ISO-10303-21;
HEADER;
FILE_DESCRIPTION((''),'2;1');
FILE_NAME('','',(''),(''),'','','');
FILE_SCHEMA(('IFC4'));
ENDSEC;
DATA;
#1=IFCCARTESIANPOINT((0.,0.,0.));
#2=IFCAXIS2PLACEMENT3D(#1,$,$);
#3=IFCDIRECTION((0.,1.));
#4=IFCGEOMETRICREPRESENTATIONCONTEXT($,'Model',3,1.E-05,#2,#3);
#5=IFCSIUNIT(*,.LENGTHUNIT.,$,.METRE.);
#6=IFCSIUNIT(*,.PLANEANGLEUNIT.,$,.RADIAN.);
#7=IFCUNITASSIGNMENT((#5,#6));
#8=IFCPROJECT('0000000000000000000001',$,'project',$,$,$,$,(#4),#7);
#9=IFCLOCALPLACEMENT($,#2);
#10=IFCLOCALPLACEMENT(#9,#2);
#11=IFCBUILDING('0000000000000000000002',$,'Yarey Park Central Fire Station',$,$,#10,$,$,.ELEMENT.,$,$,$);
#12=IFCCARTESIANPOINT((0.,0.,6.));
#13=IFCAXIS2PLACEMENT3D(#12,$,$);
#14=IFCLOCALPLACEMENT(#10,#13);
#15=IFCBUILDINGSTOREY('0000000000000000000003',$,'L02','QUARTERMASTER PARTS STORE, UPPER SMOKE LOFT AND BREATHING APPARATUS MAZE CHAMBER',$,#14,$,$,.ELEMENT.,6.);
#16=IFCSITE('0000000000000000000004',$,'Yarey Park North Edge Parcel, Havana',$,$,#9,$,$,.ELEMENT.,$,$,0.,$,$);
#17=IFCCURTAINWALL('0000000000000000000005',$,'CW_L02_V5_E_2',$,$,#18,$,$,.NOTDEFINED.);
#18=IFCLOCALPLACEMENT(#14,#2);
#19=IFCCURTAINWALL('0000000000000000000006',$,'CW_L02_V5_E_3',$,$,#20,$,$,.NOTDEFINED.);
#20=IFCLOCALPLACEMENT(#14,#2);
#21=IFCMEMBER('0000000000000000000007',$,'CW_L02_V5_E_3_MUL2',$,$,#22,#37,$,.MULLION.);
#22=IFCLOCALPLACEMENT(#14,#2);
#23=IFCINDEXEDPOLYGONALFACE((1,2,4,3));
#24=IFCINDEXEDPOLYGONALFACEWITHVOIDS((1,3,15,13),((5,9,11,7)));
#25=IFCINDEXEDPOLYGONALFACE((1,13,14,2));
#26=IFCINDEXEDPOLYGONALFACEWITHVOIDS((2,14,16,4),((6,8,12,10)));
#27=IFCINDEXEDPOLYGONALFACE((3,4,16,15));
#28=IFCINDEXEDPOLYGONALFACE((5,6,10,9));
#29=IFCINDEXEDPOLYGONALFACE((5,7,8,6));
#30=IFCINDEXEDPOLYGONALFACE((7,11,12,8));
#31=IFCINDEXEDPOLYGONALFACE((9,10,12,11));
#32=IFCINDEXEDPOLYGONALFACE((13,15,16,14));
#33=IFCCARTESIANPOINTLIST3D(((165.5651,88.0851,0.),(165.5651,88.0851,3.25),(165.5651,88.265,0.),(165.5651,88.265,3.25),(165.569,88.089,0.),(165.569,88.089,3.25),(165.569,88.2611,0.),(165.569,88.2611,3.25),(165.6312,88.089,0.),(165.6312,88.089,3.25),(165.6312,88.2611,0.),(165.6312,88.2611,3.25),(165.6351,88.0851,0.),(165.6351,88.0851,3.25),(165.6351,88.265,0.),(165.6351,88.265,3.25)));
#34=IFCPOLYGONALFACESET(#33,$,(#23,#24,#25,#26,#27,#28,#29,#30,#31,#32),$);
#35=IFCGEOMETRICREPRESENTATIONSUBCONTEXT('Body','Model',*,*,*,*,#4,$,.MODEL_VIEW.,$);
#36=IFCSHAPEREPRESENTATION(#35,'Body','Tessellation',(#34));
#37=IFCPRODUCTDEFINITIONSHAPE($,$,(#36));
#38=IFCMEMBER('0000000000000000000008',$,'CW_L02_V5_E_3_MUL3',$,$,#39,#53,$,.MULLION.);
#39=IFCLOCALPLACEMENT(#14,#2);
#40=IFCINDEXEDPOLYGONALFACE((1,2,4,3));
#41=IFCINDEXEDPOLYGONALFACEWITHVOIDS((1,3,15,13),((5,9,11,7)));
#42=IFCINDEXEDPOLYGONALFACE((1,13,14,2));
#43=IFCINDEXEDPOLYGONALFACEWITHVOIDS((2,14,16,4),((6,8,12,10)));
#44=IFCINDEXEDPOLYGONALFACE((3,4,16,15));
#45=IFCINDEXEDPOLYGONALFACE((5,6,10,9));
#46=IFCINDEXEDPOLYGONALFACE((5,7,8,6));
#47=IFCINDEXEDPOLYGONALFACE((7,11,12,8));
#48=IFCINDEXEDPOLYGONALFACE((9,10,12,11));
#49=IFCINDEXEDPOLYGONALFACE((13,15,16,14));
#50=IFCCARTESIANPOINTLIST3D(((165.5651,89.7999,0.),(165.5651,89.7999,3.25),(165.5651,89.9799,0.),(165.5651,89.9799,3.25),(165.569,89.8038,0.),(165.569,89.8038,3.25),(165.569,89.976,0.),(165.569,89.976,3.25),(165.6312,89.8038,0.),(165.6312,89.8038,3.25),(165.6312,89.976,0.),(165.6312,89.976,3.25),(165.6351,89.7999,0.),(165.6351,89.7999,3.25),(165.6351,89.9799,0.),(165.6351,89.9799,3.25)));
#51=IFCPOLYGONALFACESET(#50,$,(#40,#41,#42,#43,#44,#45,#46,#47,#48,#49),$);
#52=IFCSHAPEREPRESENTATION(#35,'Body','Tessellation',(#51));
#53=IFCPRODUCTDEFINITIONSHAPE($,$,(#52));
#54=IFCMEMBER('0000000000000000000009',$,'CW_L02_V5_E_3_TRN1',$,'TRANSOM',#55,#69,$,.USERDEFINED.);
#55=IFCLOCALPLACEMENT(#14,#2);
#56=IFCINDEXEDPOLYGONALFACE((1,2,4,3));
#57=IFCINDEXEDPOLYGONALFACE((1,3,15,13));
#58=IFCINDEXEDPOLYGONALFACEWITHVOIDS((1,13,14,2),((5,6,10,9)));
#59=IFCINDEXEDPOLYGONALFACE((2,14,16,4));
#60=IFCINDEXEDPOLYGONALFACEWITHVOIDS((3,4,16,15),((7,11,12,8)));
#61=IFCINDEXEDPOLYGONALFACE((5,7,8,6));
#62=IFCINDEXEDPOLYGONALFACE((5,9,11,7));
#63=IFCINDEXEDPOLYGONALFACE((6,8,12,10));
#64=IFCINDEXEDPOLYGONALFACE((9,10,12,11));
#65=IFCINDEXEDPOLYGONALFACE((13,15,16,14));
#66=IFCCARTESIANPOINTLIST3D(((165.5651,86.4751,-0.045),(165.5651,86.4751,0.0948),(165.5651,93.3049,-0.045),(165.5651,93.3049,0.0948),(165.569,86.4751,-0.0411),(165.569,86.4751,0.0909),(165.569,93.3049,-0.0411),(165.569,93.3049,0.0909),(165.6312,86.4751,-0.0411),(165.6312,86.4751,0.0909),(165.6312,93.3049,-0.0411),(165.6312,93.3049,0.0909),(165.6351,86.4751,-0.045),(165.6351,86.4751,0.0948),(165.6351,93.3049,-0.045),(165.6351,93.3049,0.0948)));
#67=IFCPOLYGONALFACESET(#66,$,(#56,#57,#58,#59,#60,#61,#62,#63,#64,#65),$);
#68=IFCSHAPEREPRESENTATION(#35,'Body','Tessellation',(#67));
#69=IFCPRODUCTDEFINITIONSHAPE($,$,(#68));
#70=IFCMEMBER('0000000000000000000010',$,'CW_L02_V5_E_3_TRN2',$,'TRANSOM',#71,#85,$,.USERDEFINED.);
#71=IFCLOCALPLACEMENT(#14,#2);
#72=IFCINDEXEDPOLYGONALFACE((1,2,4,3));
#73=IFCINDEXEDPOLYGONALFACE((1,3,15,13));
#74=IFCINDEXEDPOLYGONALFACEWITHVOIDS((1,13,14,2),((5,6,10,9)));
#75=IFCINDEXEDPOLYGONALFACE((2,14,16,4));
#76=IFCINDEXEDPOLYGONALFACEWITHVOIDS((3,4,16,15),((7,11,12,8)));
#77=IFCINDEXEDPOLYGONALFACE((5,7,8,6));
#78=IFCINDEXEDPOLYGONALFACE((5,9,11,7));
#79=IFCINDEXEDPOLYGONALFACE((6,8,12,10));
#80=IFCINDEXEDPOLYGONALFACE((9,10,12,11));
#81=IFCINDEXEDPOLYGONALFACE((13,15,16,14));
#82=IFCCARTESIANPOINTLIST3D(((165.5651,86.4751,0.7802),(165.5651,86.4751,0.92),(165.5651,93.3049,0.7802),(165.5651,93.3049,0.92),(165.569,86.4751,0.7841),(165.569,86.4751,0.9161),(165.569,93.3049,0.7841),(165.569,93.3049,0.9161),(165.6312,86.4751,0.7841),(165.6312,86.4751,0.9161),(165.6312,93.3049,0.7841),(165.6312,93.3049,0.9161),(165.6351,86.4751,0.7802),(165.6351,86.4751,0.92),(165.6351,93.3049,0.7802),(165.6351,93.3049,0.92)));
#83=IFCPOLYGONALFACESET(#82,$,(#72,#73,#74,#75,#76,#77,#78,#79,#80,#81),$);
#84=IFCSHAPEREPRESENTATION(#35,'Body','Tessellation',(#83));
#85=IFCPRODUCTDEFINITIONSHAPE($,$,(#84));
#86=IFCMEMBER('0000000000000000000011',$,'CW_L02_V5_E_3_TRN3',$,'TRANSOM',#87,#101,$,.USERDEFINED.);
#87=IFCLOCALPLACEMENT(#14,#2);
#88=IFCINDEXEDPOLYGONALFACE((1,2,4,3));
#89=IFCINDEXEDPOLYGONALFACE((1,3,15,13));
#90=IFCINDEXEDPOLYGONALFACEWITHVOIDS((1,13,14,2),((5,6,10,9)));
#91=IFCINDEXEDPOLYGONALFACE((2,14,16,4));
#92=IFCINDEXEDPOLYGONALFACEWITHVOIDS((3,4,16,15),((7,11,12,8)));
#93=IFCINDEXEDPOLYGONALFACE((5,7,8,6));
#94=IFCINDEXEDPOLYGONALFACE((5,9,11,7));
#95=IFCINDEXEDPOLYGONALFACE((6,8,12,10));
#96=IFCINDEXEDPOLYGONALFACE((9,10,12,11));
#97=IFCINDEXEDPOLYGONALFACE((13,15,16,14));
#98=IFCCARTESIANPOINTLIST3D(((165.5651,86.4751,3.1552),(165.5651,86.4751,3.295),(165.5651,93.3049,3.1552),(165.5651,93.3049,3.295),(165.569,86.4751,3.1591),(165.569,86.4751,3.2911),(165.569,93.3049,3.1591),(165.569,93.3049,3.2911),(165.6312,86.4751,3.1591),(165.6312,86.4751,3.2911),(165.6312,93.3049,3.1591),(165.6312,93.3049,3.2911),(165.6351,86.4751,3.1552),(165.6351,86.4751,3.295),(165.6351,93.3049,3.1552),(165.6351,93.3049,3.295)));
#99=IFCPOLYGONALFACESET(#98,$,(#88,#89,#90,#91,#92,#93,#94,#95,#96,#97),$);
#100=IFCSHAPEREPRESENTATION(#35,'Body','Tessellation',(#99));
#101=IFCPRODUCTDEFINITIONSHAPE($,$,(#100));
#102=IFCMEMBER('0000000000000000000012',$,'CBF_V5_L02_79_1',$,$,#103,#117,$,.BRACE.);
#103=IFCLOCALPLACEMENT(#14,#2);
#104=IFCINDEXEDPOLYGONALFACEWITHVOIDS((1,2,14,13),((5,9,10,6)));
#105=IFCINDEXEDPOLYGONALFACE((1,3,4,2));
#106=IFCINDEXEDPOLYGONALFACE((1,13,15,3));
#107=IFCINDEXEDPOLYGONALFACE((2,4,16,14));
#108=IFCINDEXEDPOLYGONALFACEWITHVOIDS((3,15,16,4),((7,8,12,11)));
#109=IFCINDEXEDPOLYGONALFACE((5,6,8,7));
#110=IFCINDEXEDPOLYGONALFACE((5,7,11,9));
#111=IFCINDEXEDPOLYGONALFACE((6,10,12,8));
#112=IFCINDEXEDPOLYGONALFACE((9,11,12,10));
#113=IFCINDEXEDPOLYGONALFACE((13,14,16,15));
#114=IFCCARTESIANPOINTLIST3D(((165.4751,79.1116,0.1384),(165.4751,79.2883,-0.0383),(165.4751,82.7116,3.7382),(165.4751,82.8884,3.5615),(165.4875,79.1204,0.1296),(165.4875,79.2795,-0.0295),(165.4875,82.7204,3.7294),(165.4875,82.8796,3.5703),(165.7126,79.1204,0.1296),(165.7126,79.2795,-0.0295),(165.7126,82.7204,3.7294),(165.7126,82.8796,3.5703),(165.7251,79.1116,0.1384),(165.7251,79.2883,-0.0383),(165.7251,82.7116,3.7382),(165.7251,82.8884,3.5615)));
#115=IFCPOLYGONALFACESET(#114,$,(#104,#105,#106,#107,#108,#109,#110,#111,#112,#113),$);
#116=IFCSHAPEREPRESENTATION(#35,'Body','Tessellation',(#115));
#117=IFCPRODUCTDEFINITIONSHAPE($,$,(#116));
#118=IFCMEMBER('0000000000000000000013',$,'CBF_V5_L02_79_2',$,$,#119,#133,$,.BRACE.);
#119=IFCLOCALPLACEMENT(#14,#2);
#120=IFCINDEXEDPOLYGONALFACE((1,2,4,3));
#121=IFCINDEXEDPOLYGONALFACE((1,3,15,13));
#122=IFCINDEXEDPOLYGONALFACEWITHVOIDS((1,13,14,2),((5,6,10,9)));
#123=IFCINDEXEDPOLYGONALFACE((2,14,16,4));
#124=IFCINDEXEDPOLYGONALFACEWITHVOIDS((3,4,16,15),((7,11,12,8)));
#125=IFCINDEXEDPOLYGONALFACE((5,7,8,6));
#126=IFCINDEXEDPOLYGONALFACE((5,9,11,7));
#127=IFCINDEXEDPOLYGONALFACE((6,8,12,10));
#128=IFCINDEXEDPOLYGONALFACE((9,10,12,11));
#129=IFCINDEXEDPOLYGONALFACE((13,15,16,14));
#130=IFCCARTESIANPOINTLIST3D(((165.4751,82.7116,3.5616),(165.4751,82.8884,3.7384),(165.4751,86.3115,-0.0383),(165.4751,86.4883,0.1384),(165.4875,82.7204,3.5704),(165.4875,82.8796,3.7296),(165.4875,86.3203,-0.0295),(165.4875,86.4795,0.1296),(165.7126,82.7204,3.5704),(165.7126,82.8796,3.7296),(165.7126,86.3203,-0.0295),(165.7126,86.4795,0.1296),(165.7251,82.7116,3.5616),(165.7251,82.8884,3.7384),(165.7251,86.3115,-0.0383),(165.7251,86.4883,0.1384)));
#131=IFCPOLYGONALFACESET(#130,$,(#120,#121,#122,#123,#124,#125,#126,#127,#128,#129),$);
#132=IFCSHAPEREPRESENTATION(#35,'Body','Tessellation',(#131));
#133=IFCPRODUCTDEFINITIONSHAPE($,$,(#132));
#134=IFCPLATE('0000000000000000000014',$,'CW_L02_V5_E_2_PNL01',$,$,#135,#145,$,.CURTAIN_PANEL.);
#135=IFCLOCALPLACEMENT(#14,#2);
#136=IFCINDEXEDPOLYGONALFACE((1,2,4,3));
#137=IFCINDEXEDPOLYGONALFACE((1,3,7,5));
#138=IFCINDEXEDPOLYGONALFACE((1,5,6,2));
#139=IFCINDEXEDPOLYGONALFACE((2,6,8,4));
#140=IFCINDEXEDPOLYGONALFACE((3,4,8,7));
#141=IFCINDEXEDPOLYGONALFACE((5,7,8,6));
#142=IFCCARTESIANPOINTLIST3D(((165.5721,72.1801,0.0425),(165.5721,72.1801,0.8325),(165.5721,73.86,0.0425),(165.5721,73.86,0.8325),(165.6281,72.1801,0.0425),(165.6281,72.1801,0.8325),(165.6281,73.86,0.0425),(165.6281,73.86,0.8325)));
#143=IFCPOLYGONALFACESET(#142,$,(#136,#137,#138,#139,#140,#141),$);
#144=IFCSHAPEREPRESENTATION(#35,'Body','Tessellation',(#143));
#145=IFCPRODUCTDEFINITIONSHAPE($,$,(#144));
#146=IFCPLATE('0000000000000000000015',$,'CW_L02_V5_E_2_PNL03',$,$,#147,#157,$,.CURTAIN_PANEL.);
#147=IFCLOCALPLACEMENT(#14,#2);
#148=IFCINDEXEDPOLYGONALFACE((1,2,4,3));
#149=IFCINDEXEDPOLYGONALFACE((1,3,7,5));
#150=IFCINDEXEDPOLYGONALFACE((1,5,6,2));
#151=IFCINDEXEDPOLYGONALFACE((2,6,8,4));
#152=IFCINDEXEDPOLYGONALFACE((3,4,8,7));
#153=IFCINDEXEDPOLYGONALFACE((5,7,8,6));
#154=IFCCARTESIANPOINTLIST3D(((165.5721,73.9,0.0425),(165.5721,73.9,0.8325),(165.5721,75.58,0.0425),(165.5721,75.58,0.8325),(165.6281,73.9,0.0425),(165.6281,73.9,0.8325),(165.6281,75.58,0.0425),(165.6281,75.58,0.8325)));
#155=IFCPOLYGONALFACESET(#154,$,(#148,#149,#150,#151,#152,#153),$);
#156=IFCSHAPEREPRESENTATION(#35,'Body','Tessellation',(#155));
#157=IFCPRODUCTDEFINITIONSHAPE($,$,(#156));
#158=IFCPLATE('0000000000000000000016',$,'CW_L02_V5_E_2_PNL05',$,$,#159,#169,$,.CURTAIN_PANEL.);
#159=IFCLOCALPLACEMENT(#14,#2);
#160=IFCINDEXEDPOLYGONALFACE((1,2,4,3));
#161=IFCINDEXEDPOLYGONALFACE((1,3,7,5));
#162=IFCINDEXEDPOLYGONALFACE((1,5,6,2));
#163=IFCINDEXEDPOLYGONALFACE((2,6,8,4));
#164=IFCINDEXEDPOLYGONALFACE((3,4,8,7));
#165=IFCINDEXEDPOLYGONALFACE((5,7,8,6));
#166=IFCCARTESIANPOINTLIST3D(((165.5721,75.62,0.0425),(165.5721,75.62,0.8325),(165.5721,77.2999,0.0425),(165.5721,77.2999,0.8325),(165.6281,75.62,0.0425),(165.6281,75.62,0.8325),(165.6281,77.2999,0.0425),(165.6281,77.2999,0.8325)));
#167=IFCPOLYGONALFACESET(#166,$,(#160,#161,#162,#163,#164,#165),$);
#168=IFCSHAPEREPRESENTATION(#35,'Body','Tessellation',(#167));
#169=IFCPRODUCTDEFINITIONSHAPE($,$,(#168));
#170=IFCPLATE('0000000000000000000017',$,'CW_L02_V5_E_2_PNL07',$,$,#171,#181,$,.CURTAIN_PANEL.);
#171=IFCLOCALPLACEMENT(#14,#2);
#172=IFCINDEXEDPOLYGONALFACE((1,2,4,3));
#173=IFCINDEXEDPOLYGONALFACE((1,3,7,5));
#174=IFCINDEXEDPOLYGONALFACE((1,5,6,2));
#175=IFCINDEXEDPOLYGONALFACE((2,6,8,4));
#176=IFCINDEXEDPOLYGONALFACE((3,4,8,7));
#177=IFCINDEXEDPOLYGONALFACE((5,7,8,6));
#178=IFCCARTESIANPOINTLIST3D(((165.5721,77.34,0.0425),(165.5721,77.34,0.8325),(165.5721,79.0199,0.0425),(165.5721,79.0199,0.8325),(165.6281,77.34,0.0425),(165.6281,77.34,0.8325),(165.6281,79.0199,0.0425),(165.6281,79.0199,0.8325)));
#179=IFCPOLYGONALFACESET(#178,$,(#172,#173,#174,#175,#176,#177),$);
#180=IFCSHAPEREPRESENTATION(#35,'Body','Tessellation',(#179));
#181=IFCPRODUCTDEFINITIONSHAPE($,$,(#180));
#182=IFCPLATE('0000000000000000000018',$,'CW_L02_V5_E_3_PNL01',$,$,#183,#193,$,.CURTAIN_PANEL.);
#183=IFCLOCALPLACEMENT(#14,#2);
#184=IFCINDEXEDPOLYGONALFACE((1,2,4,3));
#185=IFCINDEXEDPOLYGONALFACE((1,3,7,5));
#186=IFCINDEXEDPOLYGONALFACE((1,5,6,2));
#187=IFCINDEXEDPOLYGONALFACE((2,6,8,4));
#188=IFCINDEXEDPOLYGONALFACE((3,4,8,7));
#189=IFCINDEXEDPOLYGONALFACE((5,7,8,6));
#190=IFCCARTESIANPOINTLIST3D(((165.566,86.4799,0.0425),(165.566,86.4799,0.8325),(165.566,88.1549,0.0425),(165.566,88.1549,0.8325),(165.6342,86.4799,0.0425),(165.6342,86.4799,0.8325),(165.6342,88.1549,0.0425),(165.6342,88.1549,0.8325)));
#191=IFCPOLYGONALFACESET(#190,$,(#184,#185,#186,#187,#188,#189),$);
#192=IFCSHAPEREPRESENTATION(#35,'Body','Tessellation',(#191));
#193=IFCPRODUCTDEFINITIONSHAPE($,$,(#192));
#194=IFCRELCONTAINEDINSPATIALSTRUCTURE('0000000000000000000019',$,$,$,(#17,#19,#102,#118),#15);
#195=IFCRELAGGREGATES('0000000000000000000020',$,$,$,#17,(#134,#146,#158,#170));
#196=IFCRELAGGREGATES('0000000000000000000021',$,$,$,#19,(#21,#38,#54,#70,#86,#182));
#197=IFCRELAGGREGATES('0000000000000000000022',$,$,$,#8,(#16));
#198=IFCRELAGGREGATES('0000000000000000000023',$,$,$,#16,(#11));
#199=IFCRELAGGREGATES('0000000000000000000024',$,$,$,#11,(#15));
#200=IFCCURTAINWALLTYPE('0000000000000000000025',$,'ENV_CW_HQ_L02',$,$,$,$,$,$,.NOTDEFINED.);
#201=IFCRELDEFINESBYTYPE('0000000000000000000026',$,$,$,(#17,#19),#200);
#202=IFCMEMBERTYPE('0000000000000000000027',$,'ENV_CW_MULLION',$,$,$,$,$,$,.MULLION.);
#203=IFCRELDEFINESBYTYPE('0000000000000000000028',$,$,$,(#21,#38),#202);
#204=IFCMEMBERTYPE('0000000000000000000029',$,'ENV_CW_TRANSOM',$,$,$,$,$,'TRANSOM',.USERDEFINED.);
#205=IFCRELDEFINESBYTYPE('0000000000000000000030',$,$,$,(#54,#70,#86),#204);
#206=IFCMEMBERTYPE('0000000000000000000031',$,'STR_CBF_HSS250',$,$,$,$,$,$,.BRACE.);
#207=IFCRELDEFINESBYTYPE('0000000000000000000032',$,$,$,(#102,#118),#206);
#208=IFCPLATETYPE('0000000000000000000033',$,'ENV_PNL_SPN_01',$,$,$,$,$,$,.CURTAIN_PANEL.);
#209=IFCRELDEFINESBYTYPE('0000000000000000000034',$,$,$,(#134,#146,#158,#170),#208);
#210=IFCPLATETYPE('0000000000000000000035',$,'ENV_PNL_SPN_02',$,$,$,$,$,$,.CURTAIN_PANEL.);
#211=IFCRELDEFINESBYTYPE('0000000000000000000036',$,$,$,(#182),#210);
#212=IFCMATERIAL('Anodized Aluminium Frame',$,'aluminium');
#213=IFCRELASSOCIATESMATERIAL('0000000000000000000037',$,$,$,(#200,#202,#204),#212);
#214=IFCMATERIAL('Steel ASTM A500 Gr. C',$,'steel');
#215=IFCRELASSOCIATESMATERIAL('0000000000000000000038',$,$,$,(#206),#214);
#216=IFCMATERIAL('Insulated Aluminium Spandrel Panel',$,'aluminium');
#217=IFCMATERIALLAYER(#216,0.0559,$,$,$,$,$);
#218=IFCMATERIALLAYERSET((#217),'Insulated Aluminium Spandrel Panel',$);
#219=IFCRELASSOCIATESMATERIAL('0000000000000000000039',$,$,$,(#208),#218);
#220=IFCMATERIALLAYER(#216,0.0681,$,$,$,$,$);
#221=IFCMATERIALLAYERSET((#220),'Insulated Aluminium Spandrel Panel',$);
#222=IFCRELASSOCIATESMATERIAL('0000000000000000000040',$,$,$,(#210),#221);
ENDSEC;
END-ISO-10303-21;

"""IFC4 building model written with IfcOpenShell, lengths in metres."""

from ifc_helpers import new_model, si_unit, direction, frame, origin, origin_2d, place, context, subcontext, project, spatial, rectangle, hollow_rectangle, extrude, material, layer, layer_set, material_profile, profile_set, type_object, element, aggregate, save


model = new_model("IFC4")

# Units and contexts
model_context = context("Model", 3, precision=1e-05, world=origin(), true_north=direction((0.0, 1.0)))
body_context = subcontext(model_context, "Body", "Model", "MODEL_VIEW")
ifc_project = project(units=[si_unit("LENGTHUNIT", "METRE"), si_unit("PLANEANGLEUNIT", "RADIAN")], contexts=[model_context])

# Site, building, storey
site_placement = place(None, origin())
site = spatial("IfcSite", under=ifc_project, at=site_placement, Name="Yarey Park North Edge Parcel, Havana", CompositionType="ELEMENT", RefElevation=0.0)
building_placement = place(site_placement, origin())
building = spatial("IfcBuilding", under=site, at=building_placement, Name="Yarey Park Central Fire Station", CompositionType="ELEMENT")
storey_placement = place(building_placement, frame((0.0, 0.0, 6.0)))
storey = spatial("IfcBuildingStorey", under=building, at=storey_placement, Name="L02", Description="QUARTERMASTER PARTS STORE, UPPER SMOKE LOFT AND BREATHING APPARATUS MAZE CHAMBER", CompositionType="ELEMENT", Elevation=6.0)

# Curtain walls, members
ifc_material_1 = material(Name="Anodized Aluminium Frame", Category="aluminium")
curtain_wall_type = type_object("IfcCurtainWallType", Name="ENV_CW_HQ_L02", PredefinedType="NOTDEFINED", material=ifc_material_1)
curtain_wall_1_placement = place(storey_placement, origin())
curtain_wall_1 = element("IfcCurtainWall", 1, at=curtain_wall_1_placement, inside=storey, type_object=curtain_wall_type, Name="CW_L02_V5_E_2", PredefinedType="NOTDEFINED")
ifc_material_profile_1 = material_profile(ifc_material_1, hollow_rectangle(XDim=0.0701, YDim=0.1799, WallThickness=0.0039, at=origin_2d()), Name="ALU 180x70x4")
ifc_profile_set_1 = profile_set([ifc_material_profile_1], Name="Anodized Aluminium Frame")
member_type_1 = type_object("IfcMemberType", Name="ENV_CW_MULLION", PredefinedType="MULLION", material=ifc_profile_set_1)
curtain_wall_2_placement = place(storey_placement, origin())
curtain_wall_2 = element("IfcCurtainWall", 2, at=curtain_wall_2_placement, inside=storey, type_object=curtain_wall_type, Name="CW_L02_V5_E_3", PredefinedType="NOTDEFINED")
member_1_placement = place(storey_placement, frame((165.6001, 88.175, 0.0), z_axis=(0.0, 0.0, 1.0), x_axis=(1.0, 0.0, 0.0)))
member_1 = element("IfcMember", 3, at=member_1_placement, type_object=member_type_1, Name="CW_L02_V5_E_3_MUL2", PredefinedType="MULLION", context=body_context, shape_type="SweptSolid", body=[
    extrude(hollow_rectangle(XDim=0.0701, YDim=0.1799, WallThickness=0.0039, at=origin_2d()), origin(), (0.0, 0.0, 1.0), 3.25),
])
member_2_placement = place(storey_placement, frame((165.6001, 89.8899, 0.0), z_axis=(0.0, 0.0, 1.0), x_axis=(1.0, 0.0, 0.0)))
member_2 = element("IfcMember", 4, at=member_2_placement, type_object=member_type_1, Name="CW_L02_V5_E_3_MUL3", PredefinedType="MULLION", context=body_context, shape_type="SweptSolid", body=[
    extrude(hollow_rectangle(XDim=0.0701, YDim=0.1799, WallThickness=0.0039, at=origin_2d()), origin(), (0.0, 0.0, 1.0), 3.25),
])
ifc_material_profile_2 = material_profile(ifc_material_1, hollow_rectangle(XDim=0.0701, YDim=0.1399, WallThickness=0.0039, at=origin_2d()), Name="ALU 140x70x4")
ifc_profile_set_2 = profile_set([ifc_material_profile_2], Name="Anodized Aluminium Frame")
member_type_2 = type_object("IfcMemberType", Name="ENV_CW_TRANSOM", ElementType="TRANSOM", PredefinedType="USERDEFINED", material=ifc_profile_set_2)
member_3_placement = place(storey_placement, frame((165.6001, 86.4751, 0.0249), z_axis=(0.0, 1.0, 0.0), x_axis=(-1.0, 0.0, 0.0)))
member_3 = element("IfcMember", 5, at=member_3_placement, type_object=member_type_2, Name="CW_L02_V5_E_3_TRN1", ObjectType="TRANSOM", PredefinedType="USERDEFINED", context=body_context, shape_type="SweptSolid", body=[
    extrude(hollow_rectangle(XDim=0.0701, YDim=0.1399, WallThickness=0.0039, at=origin_2d()), origin(), (0.0, 0.0, 1.0), 6.8298),
])
member_4_placement = place(storey_placement, frame((165.6001, 86.4751, 0.8501), z_axis=(0.0, 1.0, 0.0), x_axis=(-1.0, 0.0, 0.0)))
member_4 = element("IfcMember", 6, at=member_4_placement, type_object=member_type_2, Name="CW_L02_V5_E_3_TRN2", ObjectType="TRANSOM", PredefinedType="USERDEFINED", context=body_context, shape_type="SweptSolid", body=[
    extrude(hollow_rectangle(XDim=0.0701, YDim=0.1399, WallThickness=0.0039, at=origin_2d()), origin(), (0.0, 0.0, 1.0), 6.8298),
])
member_5_placement = place(storey_placement, frame((165.6001, 86.4751, 3.2251), z_axis=(0.0, 1.0, 0.0), x_axis=(-1.0, 0.0, 0.0)))
member_5 = element("IfcMember", 7, at=member_5_placement, type_object=member_type_2, Name="CW_L02_V5_E_3_TRN3", ObjectType="TRANSOM", PredefinedType="USERDEFINED", context=body_context, shape_type="SweptSolid", body=[
    extrude(hollow_rectangle(XDim=0.0701, YDim=0.1399, WallThickness=0.0039, at=origin_2d()), origin(), (0.0, 0.0, 1.0), 6.8298),
])

# Members
ifc_material_2 = material(Name="Steel ASTM A500 Gr. C", Category="steel")
ifc_material_profile_3 = material_profile(ifc_material_2, hollow_rectangle(XDim=0.25, YDim=0.25, WallThickness=0.0125, at=origin_2d()), Name="HSS 250x250x12.5")
ifc_profile_set_3 = profile_set([ifc_material_profile_3], Name="Steel ASTM A500 Gr. C")
member_type_3 = type_object("IfcMemberType", Name="STR_CBF_HSS250", PredefinedType="BRACE", material=ifc_profile_set_3)
for number, where, z_axis, x_axis, name in (
    (8, (165.6001, 79.2, 0.05), (0.0, 0.707131, 0.707083), (-1.0, 0.0, 0.0), "CBF_V5_L02_79_1"),
    (9, (165.6001, 86.3999, 0.05), (0.0, -0.707107, 0.707107), (1.0, 0.0, 0.0), "CBF_V5_L02_79_2"),
):
    element("IfcMember", number, at=place(storey_placement, frame(where, z_axis=z_axis, x_axis=x_axis)), inside=storey, type_object=member_type_3, Name=name, PredefinedType="BRACE", context=body_context, shape_type="SweptSolid", body=[
        extrude(hollow_rectangle(XDim=0.25, YDim=0.25, WallThickness=0.0125, at=origin_2d()), origin(), (0.0, 0.0, 1.0), 5.0911),
    ])

# Plates
ifc_material_3 = material(Name="Insulated Aluminium Spandrel Panel", Category="aluminium")
ifc_layer_1 = layer(ifc_material_3, 0.0559)
ifc_layer_set_1 = layer_set([ifc_layer_1], Name="Insulated Aluminium Spandrel Panel")
plate_type_1 = type_object("IfcPlateType", Name="ENV_PNL_SPN_01", PredefinedType="CURTAIN_PANEL", material=ifc_layer_set_1)
plate_1_placement = place(storey_placement, frame((165.6001, 73.02, 0.0425), z_axis=(0.0, 0.0, 1.0), x_axis=(0.0, 1.0, 0.0)))
plate_1 = element("IfcPlate", 10, at=plate_1_placement, type_object=plate_type_1, Name="CW_L02_V5_E_2_PNL01", PredefinedType="CURTAIN_PANEL", context=body_context, shape_type="SweptSolid", body=[
    extrude(rectangle(XDim=1.6799, YDim=0.0559, at=origin_2d()), origin(), (0.0, 0.0, 1.0), 0.79),
])
plate_2_placement = place(storey_placement, frame((165.6001, 74.74, 0.0425), z_axis=(0.0, 0.0, 1.0), x_axis=(0.0, 1.0, 0.0)))
plate_2 = element("IfcPlate", 11, at=plate_2_placement, type_object=plate_type_1, Name="CW_L02_V5_E_2_PNL03", PredefinedType="CURTAIN_PANEL", context=body_context, shape_type="SweptSolid", body=[
    extrude(rectangle(XDim=1.6799, YDim=0.0559, at=origin_2d()), origin(), (0.0, 0.0, 1.0), 0.79),
])
plate_3_placement = place(storey_placement, frame((165.6001, 76.46, 0.0425), z_axis=(0.0, 0.0, 1.0), x_axis=(0.0, 1.0, 0.0)))
plate_3 = element("IfcPlate", 12, at=plate_3_placement, type_object=plate_type_1, Name="CW_L02_V5_E_2_PNL05", PredefinedType="CURTAIN_PANEL", context=body_context, shape_type="SweptSolid", body=[
    extrude(rectangle(XDim=1.6799, YDim=0.0559, at=origin_2d()), origin(), (0.0, 0.0, 1.0), 0.79),
])
plate_4_placement = place(storey_placement, frame((165.6001, 78.1799, 0.0425), z_axis=(0.0, 0.0, 1.0), x_axis=(0.0, 1.0, 0.0)))
plate_4 = element("IfcPlate", 13, at=plate_4_placement, type_object=plate_type_1, Name="CW_L02_V5_E_2_PNL07", PredefinedType="CURTAIN_PANEL", context=body_context, shape_type="SweptSolid", body=[
    extrude(rectangle(XDim=1.6799, YDim=0.0559, at=origin_2d()), origin(), (0.0, 0.0, 1.0), 0.79),
])
ifc_layer_2 = layer(ifc_material_3, 0.0681)
ifc_layer_set_2 = layer_set([ifc_layer_2], Name="Insulated Aluminium Spandrel Panel")
plate_type_2 = type_object("IfcPlateType", Name="ENV_PNL_SPN_02", PredefinedType="CURTAIN_PANEL", material=ifc_layer_set_2)
plate_5_placement = place(storey_placement, frame((165.6001, 87.3174, 0.0425), z_axis=(0.0, 0.0, 1.0), x_axis=(0.0, 1.0, 0.0)))
plate_5 = element("IfcPlate", 14, at=plate_5_placement, type_object=plate_type_2, Name="CW_L02_V5_E_3_PNL01", PredefinedType="CURTAIN_PANEL", context=body_context, shape_type="SweptSolid", body=[
    extrude(rectangle(XDim=1.675, YDim=0.0681, at=origin_2d()), origin(), (0.0, 0.0, 1.0), 0.79),
])
aggregate(curtain_wall_1, [plate_1, plate_2, plate_3, plate_4])
aggregate(curtain_wall_2, [member_1, member_2, member_3, member_4, member_5, plate_5])

save(model, "model.ifc")
